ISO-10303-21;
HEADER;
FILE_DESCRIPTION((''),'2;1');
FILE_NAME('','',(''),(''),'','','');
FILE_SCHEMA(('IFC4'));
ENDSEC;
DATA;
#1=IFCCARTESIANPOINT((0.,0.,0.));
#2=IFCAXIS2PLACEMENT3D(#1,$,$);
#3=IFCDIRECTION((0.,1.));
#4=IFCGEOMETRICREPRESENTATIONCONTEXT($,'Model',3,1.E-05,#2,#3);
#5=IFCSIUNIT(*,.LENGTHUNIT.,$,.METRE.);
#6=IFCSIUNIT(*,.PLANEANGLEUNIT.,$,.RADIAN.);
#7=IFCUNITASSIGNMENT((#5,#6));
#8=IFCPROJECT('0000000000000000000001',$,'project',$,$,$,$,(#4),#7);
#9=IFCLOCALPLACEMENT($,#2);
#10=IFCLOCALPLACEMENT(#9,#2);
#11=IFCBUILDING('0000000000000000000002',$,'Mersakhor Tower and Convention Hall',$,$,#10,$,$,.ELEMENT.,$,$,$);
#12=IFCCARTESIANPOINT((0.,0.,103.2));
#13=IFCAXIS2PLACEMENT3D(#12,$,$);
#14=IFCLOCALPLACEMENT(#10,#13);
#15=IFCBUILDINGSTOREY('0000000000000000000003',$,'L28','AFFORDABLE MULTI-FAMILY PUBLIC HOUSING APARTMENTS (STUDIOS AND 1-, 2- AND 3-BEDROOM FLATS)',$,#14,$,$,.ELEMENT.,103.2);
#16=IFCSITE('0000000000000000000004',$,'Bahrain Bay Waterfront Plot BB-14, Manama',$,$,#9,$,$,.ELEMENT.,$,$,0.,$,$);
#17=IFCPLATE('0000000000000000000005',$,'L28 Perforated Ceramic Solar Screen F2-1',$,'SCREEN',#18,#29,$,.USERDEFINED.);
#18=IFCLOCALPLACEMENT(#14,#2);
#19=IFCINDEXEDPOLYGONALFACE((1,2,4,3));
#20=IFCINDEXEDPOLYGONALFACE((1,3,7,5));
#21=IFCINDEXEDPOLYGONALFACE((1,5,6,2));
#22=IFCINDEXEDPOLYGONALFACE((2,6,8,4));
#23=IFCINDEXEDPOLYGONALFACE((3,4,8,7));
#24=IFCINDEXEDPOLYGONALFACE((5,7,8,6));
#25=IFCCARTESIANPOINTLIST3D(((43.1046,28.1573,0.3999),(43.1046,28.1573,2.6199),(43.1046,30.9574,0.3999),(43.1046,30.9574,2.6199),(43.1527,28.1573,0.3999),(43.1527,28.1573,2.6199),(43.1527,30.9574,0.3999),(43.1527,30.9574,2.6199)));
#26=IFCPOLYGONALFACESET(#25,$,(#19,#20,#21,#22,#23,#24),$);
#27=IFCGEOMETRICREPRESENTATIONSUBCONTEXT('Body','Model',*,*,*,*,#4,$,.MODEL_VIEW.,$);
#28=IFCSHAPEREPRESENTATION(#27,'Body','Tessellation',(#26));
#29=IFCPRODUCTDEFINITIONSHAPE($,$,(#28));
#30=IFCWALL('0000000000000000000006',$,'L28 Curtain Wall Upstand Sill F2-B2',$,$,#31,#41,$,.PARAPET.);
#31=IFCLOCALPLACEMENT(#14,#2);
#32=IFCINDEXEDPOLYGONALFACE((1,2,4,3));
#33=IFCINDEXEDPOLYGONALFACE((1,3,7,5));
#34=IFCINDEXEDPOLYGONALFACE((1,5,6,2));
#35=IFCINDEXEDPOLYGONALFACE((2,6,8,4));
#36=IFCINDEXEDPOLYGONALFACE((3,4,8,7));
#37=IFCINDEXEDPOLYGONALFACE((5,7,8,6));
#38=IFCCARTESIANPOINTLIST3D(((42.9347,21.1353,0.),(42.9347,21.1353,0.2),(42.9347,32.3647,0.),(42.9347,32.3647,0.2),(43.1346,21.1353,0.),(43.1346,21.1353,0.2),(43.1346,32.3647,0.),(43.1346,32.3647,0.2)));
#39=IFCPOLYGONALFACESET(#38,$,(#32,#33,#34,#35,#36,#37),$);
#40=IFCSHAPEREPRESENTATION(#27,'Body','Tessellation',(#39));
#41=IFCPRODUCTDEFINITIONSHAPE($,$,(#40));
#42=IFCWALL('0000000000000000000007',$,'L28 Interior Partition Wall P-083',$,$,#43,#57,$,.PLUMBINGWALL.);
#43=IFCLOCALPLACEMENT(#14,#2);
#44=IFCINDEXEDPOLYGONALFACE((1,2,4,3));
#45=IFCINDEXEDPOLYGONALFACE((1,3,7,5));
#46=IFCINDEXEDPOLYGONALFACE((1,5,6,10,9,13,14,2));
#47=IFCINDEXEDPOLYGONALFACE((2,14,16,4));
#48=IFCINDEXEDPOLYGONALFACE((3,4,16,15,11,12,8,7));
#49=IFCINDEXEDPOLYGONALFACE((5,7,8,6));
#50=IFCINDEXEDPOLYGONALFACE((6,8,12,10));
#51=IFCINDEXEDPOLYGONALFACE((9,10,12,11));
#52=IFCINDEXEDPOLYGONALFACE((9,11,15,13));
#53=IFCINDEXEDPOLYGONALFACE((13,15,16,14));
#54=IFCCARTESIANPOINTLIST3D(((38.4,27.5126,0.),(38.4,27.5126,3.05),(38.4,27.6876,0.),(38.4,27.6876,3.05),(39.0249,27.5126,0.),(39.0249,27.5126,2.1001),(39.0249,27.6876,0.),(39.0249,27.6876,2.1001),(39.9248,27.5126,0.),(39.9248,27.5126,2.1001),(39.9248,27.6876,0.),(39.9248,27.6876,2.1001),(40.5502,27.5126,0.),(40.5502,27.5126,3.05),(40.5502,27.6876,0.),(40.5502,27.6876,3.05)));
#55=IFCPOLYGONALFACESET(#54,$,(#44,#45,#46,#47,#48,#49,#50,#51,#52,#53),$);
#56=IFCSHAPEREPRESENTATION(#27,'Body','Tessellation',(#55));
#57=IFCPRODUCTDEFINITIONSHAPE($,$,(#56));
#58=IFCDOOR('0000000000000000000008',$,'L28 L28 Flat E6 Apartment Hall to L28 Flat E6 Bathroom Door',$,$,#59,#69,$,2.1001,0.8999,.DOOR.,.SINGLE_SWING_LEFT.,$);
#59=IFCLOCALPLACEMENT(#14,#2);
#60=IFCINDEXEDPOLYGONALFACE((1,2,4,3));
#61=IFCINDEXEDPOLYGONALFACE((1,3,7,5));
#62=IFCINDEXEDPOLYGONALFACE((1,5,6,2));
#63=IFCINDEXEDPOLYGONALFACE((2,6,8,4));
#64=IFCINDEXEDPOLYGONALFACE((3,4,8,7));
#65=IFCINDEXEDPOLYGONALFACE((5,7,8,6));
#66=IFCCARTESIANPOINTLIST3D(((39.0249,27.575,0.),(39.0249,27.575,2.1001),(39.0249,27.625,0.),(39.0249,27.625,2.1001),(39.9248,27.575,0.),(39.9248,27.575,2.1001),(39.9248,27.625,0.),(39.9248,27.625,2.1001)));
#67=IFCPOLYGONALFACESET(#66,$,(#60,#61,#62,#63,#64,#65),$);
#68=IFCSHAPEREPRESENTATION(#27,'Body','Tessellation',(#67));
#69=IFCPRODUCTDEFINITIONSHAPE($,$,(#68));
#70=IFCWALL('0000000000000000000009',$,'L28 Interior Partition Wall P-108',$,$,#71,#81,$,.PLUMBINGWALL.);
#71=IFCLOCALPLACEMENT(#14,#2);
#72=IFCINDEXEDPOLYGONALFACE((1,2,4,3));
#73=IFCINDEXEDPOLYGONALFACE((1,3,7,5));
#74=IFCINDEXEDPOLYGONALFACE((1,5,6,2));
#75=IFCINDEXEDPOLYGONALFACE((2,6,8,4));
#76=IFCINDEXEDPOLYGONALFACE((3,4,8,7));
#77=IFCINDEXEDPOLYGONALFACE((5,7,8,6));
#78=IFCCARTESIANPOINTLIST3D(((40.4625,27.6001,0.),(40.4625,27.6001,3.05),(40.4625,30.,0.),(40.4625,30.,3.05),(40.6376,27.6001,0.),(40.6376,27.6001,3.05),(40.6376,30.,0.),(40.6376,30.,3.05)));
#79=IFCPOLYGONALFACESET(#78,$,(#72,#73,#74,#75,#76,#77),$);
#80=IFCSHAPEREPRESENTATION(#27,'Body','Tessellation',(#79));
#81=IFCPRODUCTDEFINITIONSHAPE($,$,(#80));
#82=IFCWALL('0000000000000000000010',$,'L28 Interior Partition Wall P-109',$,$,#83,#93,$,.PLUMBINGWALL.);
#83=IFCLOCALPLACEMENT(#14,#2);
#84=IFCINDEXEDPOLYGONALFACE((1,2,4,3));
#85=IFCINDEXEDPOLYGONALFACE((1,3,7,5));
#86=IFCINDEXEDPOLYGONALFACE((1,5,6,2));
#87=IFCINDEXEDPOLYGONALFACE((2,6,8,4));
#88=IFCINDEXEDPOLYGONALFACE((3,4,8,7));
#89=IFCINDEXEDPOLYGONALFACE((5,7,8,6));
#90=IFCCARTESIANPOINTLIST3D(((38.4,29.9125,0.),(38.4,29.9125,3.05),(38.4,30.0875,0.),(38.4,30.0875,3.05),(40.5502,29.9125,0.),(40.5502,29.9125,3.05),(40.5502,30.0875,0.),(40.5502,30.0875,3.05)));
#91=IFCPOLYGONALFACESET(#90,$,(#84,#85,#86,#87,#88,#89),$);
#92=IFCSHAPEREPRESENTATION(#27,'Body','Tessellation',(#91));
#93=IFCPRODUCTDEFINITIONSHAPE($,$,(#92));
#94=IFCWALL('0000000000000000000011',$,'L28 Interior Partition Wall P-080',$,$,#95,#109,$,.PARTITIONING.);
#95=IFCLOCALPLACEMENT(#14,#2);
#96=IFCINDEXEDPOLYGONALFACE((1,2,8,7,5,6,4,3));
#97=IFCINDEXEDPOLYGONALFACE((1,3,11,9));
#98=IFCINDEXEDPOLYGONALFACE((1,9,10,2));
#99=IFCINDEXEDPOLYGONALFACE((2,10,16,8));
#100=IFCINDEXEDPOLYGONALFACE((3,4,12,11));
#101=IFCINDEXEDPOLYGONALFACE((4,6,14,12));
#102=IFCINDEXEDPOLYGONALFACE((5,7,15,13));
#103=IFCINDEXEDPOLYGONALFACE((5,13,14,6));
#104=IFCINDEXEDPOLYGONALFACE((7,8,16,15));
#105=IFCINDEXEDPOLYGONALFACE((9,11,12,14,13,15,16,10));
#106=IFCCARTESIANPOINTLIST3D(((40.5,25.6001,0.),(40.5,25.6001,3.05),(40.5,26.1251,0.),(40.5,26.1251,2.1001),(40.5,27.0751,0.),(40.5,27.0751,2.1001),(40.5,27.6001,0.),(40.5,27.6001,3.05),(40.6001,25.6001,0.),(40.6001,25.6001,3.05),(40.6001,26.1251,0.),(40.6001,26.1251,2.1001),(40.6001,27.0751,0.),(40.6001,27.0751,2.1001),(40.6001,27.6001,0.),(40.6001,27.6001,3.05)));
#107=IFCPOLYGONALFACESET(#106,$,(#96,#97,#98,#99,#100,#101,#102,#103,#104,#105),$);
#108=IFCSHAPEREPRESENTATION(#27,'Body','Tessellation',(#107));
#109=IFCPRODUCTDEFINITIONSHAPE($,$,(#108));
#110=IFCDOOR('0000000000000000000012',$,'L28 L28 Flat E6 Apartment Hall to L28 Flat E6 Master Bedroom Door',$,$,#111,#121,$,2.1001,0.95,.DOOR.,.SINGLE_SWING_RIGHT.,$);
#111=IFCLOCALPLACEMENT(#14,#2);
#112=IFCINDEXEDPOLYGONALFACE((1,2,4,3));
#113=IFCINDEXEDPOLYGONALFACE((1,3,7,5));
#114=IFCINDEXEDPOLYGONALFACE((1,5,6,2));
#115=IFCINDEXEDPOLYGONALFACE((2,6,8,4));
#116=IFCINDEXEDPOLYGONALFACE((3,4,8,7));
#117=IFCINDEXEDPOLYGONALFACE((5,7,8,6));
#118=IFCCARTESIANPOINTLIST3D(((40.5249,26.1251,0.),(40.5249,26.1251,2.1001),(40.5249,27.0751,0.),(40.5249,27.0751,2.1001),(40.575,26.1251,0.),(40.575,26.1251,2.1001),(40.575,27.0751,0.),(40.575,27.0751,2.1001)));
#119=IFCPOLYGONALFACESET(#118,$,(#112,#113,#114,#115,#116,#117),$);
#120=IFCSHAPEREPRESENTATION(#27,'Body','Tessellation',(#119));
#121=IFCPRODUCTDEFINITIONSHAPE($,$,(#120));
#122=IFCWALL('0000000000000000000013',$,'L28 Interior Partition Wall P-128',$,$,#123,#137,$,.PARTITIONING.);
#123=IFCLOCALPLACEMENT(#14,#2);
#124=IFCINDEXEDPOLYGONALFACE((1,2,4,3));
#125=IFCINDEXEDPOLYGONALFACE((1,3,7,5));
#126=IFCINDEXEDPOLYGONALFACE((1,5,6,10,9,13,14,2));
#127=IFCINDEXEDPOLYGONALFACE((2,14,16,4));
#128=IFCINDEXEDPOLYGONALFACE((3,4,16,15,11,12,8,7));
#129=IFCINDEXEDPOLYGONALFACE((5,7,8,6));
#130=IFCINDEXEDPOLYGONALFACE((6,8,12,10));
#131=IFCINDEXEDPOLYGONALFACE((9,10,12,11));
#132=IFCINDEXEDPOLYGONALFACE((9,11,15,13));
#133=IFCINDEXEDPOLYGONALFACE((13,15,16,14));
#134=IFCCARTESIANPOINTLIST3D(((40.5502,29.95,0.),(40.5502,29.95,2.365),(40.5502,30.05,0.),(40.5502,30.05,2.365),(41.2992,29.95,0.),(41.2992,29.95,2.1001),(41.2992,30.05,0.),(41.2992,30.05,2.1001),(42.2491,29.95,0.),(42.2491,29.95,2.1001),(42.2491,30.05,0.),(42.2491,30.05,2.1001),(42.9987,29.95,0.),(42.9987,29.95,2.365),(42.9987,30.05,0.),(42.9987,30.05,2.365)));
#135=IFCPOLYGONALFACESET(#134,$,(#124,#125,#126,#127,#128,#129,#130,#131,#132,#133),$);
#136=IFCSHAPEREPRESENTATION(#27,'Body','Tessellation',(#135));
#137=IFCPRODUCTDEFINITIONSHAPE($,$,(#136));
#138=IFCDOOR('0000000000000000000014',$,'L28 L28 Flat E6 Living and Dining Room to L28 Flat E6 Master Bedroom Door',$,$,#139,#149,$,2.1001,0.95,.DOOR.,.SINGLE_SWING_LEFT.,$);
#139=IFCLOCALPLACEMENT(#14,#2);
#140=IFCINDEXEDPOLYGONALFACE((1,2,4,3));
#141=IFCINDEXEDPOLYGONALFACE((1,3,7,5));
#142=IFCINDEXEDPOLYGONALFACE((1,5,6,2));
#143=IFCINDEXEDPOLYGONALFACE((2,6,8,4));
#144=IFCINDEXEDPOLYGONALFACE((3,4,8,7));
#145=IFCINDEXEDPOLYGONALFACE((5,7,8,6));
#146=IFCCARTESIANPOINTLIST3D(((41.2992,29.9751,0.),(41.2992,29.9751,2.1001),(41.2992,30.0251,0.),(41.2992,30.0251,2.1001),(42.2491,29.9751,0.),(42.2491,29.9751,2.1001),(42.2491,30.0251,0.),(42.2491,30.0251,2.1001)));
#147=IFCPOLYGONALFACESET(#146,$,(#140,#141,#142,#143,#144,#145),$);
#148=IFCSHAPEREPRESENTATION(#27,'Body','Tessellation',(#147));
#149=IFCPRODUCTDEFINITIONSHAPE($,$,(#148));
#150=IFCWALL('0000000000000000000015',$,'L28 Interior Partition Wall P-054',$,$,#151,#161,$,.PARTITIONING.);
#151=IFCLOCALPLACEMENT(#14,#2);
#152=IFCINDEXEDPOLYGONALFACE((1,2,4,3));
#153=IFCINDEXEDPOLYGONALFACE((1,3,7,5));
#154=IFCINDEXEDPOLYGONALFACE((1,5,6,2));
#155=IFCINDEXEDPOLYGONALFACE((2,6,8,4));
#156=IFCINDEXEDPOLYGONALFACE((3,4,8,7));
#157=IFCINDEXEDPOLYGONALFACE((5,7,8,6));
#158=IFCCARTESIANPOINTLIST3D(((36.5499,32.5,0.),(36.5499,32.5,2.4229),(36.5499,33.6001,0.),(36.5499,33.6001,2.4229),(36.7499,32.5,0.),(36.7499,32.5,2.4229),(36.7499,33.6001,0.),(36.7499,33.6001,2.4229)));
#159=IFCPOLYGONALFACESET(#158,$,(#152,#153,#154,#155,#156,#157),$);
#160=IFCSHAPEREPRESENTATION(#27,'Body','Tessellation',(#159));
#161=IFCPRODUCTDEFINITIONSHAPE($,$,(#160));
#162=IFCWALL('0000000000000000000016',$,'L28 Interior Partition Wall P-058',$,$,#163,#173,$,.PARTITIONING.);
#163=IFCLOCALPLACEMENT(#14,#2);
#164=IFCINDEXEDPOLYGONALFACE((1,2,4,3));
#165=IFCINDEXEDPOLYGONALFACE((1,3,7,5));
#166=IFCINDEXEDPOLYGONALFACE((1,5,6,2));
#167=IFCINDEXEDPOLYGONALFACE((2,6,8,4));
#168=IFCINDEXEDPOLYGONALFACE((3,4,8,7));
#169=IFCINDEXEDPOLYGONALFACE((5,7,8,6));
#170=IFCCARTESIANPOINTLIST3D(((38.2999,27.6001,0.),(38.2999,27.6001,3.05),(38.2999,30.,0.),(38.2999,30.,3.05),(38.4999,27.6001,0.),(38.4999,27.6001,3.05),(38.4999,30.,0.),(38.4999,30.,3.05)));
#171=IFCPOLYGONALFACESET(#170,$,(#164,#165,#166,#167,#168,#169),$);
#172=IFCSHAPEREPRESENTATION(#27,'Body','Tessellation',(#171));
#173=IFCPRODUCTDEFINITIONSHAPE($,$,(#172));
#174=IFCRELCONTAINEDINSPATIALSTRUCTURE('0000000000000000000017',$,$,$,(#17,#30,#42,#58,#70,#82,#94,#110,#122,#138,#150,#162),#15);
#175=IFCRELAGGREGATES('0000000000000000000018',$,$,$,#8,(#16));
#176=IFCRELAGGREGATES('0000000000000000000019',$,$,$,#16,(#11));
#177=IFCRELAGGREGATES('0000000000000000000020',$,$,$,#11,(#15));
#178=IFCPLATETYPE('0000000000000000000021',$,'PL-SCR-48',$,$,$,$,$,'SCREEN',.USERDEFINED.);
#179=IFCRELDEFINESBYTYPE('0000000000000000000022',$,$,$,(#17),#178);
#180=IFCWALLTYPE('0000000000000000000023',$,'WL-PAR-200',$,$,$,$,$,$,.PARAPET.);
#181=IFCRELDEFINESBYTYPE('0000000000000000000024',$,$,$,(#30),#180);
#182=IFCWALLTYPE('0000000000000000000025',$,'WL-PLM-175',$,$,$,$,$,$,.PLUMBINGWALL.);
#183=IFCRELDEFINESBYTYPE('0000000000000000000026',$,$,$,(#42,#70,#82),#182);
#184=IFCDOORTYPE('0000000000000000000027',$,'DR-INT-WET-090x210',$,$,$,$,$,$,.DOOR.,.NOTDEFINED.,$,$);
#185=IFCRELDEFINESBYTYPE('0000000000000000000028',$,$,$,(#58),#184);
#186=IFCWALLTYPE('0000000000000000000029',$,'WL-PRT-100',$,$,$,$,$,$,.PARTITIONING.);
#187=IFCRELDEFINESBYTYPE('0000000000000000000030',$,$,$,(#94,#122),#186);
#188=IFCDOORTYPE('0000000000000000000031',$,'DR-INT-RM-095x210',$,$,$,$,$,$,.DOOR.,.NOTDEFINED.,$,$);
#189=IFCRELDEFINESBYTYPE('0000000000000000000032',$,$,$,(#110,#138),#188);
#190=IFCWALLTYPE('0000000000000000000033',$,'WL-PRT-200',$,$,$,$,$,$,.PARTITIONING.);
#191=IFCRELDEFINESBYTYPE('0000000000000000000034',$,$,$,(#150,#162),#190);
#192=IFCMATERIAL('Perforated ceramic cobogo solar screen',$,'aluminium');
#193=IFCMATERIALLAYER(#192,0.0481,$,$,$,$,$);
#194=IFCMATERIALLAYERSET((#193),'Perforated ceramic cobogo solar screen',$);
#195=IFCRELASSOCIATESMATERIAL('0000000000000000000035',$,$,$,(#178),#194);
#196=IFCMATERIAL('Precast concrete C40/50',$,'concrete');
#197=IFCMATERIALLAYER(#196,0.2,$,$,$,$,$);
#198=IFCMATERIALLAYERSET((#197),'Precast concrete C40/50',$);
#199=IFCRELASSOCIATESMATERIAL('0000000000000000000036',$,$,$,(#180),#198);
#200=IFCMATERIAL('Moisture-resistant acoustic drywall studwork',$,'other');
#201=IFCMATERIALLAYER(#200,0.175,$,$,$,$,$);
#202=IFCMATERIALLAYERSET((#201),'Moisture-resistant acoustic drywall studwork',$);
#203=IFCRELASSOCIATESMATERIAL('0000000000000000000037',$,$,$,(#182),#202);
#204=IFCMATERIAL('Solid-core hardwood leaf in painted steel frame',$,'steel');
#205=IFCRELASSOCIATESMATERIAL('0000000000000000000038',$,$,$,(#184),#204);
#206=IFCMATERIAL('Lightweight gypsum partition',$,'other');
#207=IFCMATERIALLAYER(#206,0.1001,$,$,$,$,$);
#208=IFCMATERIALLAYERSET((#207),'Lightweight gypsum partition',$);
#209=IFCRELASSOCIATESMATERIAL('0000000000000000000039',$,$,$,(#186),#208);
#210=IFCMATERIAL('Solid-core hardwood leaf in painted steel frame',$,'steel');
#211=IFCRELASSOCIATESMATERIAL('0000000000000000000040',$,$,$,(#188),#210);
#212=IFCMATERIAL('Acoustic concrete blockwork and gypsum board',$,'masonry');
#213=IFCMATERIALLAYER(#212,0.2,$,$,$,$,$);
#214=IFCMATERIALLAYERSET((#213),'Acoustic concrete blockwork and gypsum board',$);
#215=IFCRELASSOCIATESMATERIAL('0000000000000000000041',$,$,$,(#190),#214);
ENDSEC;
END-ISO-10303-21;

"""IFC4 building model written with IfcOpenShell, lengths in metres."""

from ifc_helpers import new_model, si_unit, direction, frame, frame_2d, origin, origin_2d, place, context, subcontext, project, spatial, rectangle, extrude, material, layer, layer_set, type_object, element, fill, save


model = new_model("IFC4")

# Units and contexts
model_context = context("Model", 3, precision=1e-05, world=origin(), true_north=direction((0.0, 1.0)))
body_context = subcontext(model_context, "Body", "Model", "MODEL_VIEW")
ifc_project = project(units=[si_unit("LENGTHUNIT", "METRE"), si_unit("PLANEANGLEUNIT", "RADIAN")], contexts=[model_context])

# Site, building, storey
site_placement = place(None, origin())
site = spatial("IfcSite", under=ifc_project, at=site_placement, Name="Bahrain Bay Waterfront Plot BB-14, Manama", CompositionType="ELEMENT", RefElevation=0.0)
building_placement = place(site_placement, origin())
building = spatial("IfcBuilding", under=site, at=building_placement, Name="Mersakhor Tower and Convention Hall", CompositionType="ELEMENT")
storey_placement = place(building_placement, frame((0.0, 0.0, 103.2)))
storey = spatial("IfcBuildingStorey", under=building, at=storey_placement, Name="L28", Description="AFFORDABLE MULTI-FAMILY PUBLIC HOUSING APARTMENTS (STUDIOS AND 1-, 2- AND 3-BEDROOM FLATS)", CompositionType="ELEMENT", Elevation=103.2)

# Plate
ifc_material_1 = material(Name="Perforated ceramic cobogo solar screen", Category="aluminium")
ifc_layer_1 = layer(ifc_material_1, 0.0481)
ifc_layer_set_1 = layer_set([ifc_layer_1], Name="Perforated ceramic cobogo solar screen")
plate_type_1 = type_object("IfcPlateType", Name="PL-SCR-48", ElementType="SCREEN", PredefinedType="USERDEFINED", material=ifc_layer_set_1)
plate_1_placement = place(storey_placement, frame((43.1287, 29.5574, 0.3999), z_axis=(0.0, 0.0, 1.0), x_axis=(0.0, -1.0, 0.0)))
element("IfcPlate", 1, at=plate_1_placement, inside=storey, type_object=plate_type_1, Name="L28 Perforated Ceramic Solar Screen F2-1", ObjectType="SCREEN", PredefinedType="USERDEFINED", context=body_context, shape_type="SweptSolid", body=[
    extrude(rectangle(XDim=2.8, YDim=0.0481, at=origin_2d()), origin(), (0.0, 0.0, 1.0), 2.22),
])

# Wall
ifc_material_2 = material(Name="Precast concrete C40/50", Category="concrete")
ifc_layer_2 = layer(ifc_material_2, 0.2)
ifc_layer_set_2 = layer_set([ifc_layer_2], Name="Precast concrete C40/50")
wall_type_1 = type_object("IfcWallType", Name="WL-PAR-200", PredefinedType="PARAPET", material=ifc_layer_set_2)
wall_1_placement = place(storey_placement, frame((43.0347, 32.3647, 0.0), z_axis=(0.0, 0.0, 1.0), x_axis=(0.0, -1.0, 0.0)))
element("IfcWall", 2, at=wall_1_placement, inside=storey, type_object=wall_type_1, Name="L28 Curtain Wall Upstand Sill F2-B2", PredefinedType="PARAPET", context=body_context, shape_type="SweptSolid", body=[
    extrude(rectangle(XDim=11.2295, YDim=0.2, at=frame_2d((5.6147, 0.0))), origin(), (0.0, 0.0, 1.0), 0.2),
])

# Wall, opening, door
ifc_material_3 = material(Name="Moisture-resistant acoustic drywall studwork", Category="other")
ifc_layer_3 = layer(ifc_material_3, 0.175)
ifc_layer_set_3 = layer_set([ifc_layer_3], Name="Moisture-resistant acoustic drywall studwork")
wall_type_2 = type_object("IfcWallType", Name="WL-PLM-175", PredefinedType="PLUMBINGWALL", material=ifc_layer_set_3)
wall_2_placement = place(storey_placement, frame((38.3999, 27.6001, 0.0), z_axis=(0.0, 0.0, 1.0), x_axis=(1.0, 0.0, 0.0)))
wall_2 = element("IfcWall", 3, at=wall_2_placement, inside=storey, type_object=wall_type_2, Name="L28 Interior Partition Wall P-083", PredefinedType="PLUMBINGWALL", context=body_context, shape_type="SweptSolid", body=[
    extrude(rectangle(XDim=2.1501, YDim=0.175, at=frame_2d((1.0752, 0.0))), origin(), (0.0, 0.0, 1.0), 3.05),
])
opening_1_placement = place(wall_2_placement, frame((0.625, 0.0, 0.0)))
opening_1 = element("IfcOpeningElement", 4, at=opening_1_placement, cuts=wall_2, PredefinedType="OPENING", context=body_context, shape_type="SweptSolid", body=[
    extrude(rectangle(XDim=0.8999, YDim=2.1001, at=frame_2d((0.45, 1.05))), frame((0.0, 0.0974, 0.0), z_axis=(0.0, -1.0, 0.0), x_axis=(1.0, 0.0, 0.0)), (0.0, 0.0, 1.0), 0.1951),
])
ifc_material_4 = material(Name="Solid-core hardwood leaf in painted steel frame", Category="steel")
door_type_1 = type_object("IfcDoorType", Name="DR-INT-WET-090x210", OperationType="NOTDEFINED", PredefinedType="DOOR", material=ifc_material_4)
door_1_placement = place(opening_1_placement, origin())
door_1 = element("IfcDoor", 5, at=door_1_placement, inside=storey, type_object=door_type_1, Name="L28 L28 Flat E6 Apartment Hall to L28 Flat E6 Bathroom Door", OperationType="SINGLE_SWING_LEFT", OverallHeight=2.1001, OverallWidth=0.8999, PredefinedType="DOOR", context=body_context, shape_type="SweptSolid", body=[
    extrude(rectangle(XDim=0.8999, YDim=2.1001, at=frame_2d((0.45, 1.05))), frame((0.0, 0.0249, 0.0), z_axis=(0.0, -1.0, 0.0), x_axis=(1.0, 0.0, 0.0)), (0.0, 0.0, 1.0), 0.05),
])
fill(opening_1, door_1)

# Walls
wall_3_placement = place(storey_placement, frame((40.55, 30.0, 0.0), z_axis=(0.0, 0.0, 1.0), x_axis=(0.0, -1.0, 0.0)))
element("IfcWall", 6, at=wall_3_placement, inside=storey, type_object=wall_type_2, Name="L28 Interior Partition Wall P-108", PredefinedType="PLUMBINGWALL", context=body_context, shape_type="SweptSolid", body=[
    extrude(rectangle(XDim=2.3999, YDim=0.175, at=frame_2d((1.2, 0.0))), origin(), (0.0, 0.0, 1.0), 3.05),
])
wall_4_placement = place(storey_placement, frame((38.3999, 30.0, 0.0), z_axis=(0.0, 0.0, 1.0), x_axis=(1.0, 0.0, 0.0)))
element("IfcWall", 7, at=wall_4_placement, inside=storey, type_object=wall_type_2, Name="L28 Interior Partition Wall P-109", PredefinedType="PLUMBINGWALL", context=body_context, shape_type="SweptSolid", body=[
    extrude(rectangle(XDim=2.1501, YDim=0.175, at=frame_2d((1.0752, 0.0))), origin(), (0.0, 0.0, 1.0), 3.05),
])

# Walls, openings, doors
ifc_material_5 = material(Name="Lightweight gypsum partition", Category="other")
ifc_layer_4 = layer(ifc_material_5, 0.1001)
ifc_layer_set_4 = layer_set([ifc_layer_4], Name="Lightweight gypsum partition")
wall_type_3 = type_object("IfcWallType", Name="WL-PRT-100", PredefinedType="PARTITIONING", material=ifc_layer_set_4)
wall_5_placement = place(storey_placement, frame((40.55, 27.6001, 0.0), z_axis=(0.0, 0.0, 1.0), x_axis=(0.0, -1.0, 0.0)))
wall_5 = element("IfcWall", 8, at=wall_5_placement, inside=storey, type_object=wall_type_3, Name="L28 Interior Partition Wall P-080", PredefinedType="PARTITIONING", context=body_context, shape_type="SweptSolid", body=[
    extrude(rectangle(XDim=2.0, YDim=0.1001, at=frame_2d((1.0, 0.0))), origin(), (0.0, 0.0, 1.0), 3.05),
])
opening_2_placement = place(wall_5_placement, frame((0.5249, 0.0, 0.0)))
opening_2 = element("IfcOpeningElement", 9, at=opening_2_placement, cuts=wall_5, PredefinedType="OPENING", context=body_context, shape_type="SweptSolid", body=[
    extrude(rectangle(XDim=0.95, YDim=2.1001, at=frame_2d((0.4751, 1.05))), frame((0.0, 0.0601, 0.0), z_axis=(0.0, -1.0, 0.0), x_axis=(1.0, 0.0, 0.0)), (0.0, 0.0, 1.0), 0.1201),
])
ifc_material_6 = material(Name="Solid-core hardwood leaf in painted steel frame", Category="steel")
door_type_2 = type_object("IfcDoorType", Name="DR-INT-RM-095x210", OperationType="NOTDEFINED", PredefinedType="DOOR", material=ifc_material_6)
door_2_placement = place(opening_2_placement, origin())
door_2 = element("IfcDoor", 10, at=door_2_placement, inside=storey, type_object=door_type_2, Name="L28 L28 Flat E6 Apartment Hall to L28 Flat E6 Master Bedroom Door", OperationType="SINGLE_SWING_RIGHT", OverallHeight=2.1001, OverallWidth=0.95, PredefinedType="DOOR", context=body_context, shape_type="SweptSolid", body=[
    extrude(rectangle(XDim=0.95, YDim=2.1001, at=frame_2d((0.4751, 1.05))), frame((0.0, 0.0249, 0.0), z_axis=(0.0, -1.0, 0.0), x_axis=(1.0, 0.0, 0.0)), (0.0, 0.0, 1.0), 0.05),
])
fill(opening_2, door_2)
wall_6_placement = place(storey_placement, frame((42.9985, 30.0, 0.0), z_axis=(0.0, 0.0, 1.0), x_axis=(-1.0, 0.0, 0.0)))
wall_6 = element("IfcWall", 11, at=wall_6_placement, inside=storey, type_object=wall_type_3, Name="L28 Interior Partition Wall P-128", PredefinedType="PARTITIONING", context=body_context, shape_type="SweptSolid", body=[
    extrude(rectangle(XDim=2.4485, YDim=0.1001, at=frame_2d((1.2241, 0.0))), origin(), (0.0, 0.0, 1.0), 2.365),
])
opening_3_placement = place(wall_6_placement, frame((0.7493, 0.0, 0.0)))
opening_3 = element("IfcOpeningElement", 12, at=opening_3_placement, cuts=wall_6, PredefinedType="OPENING", context=body_context, shape_type="SweptSolid", body=[
    extrude(rectangle(XDim=0.95, YDim=2.1001, at=frame_2d((0.4751, 1.05))), frame((0.0, 0.0601, 0.0), z_axis=(0.0, -1.0, 0.0), x_axis=(1.0, 0.0, 0.0)), (0.0, 0.0, 1.0), 0.1201),
])
door_3_placement = place(opening_3_placement, origin())
door_3 = element("IfcDoor", 13, at=door_3_placement, inside=storey, type_object=door_type_2, Name="L28 L28 Flat E6 Living and Dining Room to L28 Flat E6 Master Bedroom Door", OperationType="SINGLE_SWING_LEFT", OverallHeight=2.1001, OverallWidth=0.95, PredefinedType="DOOR", context=body_context, shape_type="SweptSolid", body=[
    extrude(rectangle(XDim=0.95, YDim=2.1001, at=frame_2d((0.4751, 1.05))), frame((0.0, 0.0249, 0.0), z_axis=(0.0, -1.0, 0.0), x_axis=(1.0, 0.0, 0.0)), (0.0, 0.0, 1.0), 0.05),
])
fill(opening_3, door_3)

# Walls
ifc_material_7 = material(Name="Acoustic concrete blockwork and gypsum board", Category="masonry")
ifc_layer_5 = layer(ifc_material_7, 0.2)
ifc_layer_set_5 = layer_set([ifc_layer_5], Name="Acoustic concrete blockwork and gypsum board")
wall_type_4 = type_object("IfcWallType", Name="WL-PRT-200", PredefinedType="PARTITIONING", material=ifc_layer_set_5)
wall_7_placement = place(storey_placement, frame((36.6499, 32.5, 0.0), z_axis=(0.0, 0.0, 1.0), x_axis=(0.0, 1.0, 0.0)))
element("IfcWall", 14, at=wall_7_placement, inside=storey, type_object=wall_type_4, Name="L28 Interior Partition Wall P-054", PredefinedType="PARTITIONING", context=body_context, shape_type="SweptSolid", body=[
    extrude(rectangle(XDim=1.1001, YDim=0.2, at=frame_2d((0.55, 0.0))), origin(), (0.0, 0.0, 1.0), 2.4229),
])
wall_8_placement = place(storey_placement, frame((38.3999, 30.0, 0.0), z_axis=(0.0, 0.0, 1.0), x_axis=(0.0, -1.0, 0.0)))
element("IfcWall", 15, at=wall_8_placement, inside=storey, type_object=wall_type_4, Name="L28 Interior Partition Wall P-058", PredefinedType="PARTITIONING", context=body_context, shape_type="SweptSolid", body=[
    extrude(rectangle(XDim=2.3999, YDim=0.2, at=frame_2d((1.2, 0.0))), origin(), (0.0, 0.0, 1.0), 3.05),
])

save(model, "model.ifc")
